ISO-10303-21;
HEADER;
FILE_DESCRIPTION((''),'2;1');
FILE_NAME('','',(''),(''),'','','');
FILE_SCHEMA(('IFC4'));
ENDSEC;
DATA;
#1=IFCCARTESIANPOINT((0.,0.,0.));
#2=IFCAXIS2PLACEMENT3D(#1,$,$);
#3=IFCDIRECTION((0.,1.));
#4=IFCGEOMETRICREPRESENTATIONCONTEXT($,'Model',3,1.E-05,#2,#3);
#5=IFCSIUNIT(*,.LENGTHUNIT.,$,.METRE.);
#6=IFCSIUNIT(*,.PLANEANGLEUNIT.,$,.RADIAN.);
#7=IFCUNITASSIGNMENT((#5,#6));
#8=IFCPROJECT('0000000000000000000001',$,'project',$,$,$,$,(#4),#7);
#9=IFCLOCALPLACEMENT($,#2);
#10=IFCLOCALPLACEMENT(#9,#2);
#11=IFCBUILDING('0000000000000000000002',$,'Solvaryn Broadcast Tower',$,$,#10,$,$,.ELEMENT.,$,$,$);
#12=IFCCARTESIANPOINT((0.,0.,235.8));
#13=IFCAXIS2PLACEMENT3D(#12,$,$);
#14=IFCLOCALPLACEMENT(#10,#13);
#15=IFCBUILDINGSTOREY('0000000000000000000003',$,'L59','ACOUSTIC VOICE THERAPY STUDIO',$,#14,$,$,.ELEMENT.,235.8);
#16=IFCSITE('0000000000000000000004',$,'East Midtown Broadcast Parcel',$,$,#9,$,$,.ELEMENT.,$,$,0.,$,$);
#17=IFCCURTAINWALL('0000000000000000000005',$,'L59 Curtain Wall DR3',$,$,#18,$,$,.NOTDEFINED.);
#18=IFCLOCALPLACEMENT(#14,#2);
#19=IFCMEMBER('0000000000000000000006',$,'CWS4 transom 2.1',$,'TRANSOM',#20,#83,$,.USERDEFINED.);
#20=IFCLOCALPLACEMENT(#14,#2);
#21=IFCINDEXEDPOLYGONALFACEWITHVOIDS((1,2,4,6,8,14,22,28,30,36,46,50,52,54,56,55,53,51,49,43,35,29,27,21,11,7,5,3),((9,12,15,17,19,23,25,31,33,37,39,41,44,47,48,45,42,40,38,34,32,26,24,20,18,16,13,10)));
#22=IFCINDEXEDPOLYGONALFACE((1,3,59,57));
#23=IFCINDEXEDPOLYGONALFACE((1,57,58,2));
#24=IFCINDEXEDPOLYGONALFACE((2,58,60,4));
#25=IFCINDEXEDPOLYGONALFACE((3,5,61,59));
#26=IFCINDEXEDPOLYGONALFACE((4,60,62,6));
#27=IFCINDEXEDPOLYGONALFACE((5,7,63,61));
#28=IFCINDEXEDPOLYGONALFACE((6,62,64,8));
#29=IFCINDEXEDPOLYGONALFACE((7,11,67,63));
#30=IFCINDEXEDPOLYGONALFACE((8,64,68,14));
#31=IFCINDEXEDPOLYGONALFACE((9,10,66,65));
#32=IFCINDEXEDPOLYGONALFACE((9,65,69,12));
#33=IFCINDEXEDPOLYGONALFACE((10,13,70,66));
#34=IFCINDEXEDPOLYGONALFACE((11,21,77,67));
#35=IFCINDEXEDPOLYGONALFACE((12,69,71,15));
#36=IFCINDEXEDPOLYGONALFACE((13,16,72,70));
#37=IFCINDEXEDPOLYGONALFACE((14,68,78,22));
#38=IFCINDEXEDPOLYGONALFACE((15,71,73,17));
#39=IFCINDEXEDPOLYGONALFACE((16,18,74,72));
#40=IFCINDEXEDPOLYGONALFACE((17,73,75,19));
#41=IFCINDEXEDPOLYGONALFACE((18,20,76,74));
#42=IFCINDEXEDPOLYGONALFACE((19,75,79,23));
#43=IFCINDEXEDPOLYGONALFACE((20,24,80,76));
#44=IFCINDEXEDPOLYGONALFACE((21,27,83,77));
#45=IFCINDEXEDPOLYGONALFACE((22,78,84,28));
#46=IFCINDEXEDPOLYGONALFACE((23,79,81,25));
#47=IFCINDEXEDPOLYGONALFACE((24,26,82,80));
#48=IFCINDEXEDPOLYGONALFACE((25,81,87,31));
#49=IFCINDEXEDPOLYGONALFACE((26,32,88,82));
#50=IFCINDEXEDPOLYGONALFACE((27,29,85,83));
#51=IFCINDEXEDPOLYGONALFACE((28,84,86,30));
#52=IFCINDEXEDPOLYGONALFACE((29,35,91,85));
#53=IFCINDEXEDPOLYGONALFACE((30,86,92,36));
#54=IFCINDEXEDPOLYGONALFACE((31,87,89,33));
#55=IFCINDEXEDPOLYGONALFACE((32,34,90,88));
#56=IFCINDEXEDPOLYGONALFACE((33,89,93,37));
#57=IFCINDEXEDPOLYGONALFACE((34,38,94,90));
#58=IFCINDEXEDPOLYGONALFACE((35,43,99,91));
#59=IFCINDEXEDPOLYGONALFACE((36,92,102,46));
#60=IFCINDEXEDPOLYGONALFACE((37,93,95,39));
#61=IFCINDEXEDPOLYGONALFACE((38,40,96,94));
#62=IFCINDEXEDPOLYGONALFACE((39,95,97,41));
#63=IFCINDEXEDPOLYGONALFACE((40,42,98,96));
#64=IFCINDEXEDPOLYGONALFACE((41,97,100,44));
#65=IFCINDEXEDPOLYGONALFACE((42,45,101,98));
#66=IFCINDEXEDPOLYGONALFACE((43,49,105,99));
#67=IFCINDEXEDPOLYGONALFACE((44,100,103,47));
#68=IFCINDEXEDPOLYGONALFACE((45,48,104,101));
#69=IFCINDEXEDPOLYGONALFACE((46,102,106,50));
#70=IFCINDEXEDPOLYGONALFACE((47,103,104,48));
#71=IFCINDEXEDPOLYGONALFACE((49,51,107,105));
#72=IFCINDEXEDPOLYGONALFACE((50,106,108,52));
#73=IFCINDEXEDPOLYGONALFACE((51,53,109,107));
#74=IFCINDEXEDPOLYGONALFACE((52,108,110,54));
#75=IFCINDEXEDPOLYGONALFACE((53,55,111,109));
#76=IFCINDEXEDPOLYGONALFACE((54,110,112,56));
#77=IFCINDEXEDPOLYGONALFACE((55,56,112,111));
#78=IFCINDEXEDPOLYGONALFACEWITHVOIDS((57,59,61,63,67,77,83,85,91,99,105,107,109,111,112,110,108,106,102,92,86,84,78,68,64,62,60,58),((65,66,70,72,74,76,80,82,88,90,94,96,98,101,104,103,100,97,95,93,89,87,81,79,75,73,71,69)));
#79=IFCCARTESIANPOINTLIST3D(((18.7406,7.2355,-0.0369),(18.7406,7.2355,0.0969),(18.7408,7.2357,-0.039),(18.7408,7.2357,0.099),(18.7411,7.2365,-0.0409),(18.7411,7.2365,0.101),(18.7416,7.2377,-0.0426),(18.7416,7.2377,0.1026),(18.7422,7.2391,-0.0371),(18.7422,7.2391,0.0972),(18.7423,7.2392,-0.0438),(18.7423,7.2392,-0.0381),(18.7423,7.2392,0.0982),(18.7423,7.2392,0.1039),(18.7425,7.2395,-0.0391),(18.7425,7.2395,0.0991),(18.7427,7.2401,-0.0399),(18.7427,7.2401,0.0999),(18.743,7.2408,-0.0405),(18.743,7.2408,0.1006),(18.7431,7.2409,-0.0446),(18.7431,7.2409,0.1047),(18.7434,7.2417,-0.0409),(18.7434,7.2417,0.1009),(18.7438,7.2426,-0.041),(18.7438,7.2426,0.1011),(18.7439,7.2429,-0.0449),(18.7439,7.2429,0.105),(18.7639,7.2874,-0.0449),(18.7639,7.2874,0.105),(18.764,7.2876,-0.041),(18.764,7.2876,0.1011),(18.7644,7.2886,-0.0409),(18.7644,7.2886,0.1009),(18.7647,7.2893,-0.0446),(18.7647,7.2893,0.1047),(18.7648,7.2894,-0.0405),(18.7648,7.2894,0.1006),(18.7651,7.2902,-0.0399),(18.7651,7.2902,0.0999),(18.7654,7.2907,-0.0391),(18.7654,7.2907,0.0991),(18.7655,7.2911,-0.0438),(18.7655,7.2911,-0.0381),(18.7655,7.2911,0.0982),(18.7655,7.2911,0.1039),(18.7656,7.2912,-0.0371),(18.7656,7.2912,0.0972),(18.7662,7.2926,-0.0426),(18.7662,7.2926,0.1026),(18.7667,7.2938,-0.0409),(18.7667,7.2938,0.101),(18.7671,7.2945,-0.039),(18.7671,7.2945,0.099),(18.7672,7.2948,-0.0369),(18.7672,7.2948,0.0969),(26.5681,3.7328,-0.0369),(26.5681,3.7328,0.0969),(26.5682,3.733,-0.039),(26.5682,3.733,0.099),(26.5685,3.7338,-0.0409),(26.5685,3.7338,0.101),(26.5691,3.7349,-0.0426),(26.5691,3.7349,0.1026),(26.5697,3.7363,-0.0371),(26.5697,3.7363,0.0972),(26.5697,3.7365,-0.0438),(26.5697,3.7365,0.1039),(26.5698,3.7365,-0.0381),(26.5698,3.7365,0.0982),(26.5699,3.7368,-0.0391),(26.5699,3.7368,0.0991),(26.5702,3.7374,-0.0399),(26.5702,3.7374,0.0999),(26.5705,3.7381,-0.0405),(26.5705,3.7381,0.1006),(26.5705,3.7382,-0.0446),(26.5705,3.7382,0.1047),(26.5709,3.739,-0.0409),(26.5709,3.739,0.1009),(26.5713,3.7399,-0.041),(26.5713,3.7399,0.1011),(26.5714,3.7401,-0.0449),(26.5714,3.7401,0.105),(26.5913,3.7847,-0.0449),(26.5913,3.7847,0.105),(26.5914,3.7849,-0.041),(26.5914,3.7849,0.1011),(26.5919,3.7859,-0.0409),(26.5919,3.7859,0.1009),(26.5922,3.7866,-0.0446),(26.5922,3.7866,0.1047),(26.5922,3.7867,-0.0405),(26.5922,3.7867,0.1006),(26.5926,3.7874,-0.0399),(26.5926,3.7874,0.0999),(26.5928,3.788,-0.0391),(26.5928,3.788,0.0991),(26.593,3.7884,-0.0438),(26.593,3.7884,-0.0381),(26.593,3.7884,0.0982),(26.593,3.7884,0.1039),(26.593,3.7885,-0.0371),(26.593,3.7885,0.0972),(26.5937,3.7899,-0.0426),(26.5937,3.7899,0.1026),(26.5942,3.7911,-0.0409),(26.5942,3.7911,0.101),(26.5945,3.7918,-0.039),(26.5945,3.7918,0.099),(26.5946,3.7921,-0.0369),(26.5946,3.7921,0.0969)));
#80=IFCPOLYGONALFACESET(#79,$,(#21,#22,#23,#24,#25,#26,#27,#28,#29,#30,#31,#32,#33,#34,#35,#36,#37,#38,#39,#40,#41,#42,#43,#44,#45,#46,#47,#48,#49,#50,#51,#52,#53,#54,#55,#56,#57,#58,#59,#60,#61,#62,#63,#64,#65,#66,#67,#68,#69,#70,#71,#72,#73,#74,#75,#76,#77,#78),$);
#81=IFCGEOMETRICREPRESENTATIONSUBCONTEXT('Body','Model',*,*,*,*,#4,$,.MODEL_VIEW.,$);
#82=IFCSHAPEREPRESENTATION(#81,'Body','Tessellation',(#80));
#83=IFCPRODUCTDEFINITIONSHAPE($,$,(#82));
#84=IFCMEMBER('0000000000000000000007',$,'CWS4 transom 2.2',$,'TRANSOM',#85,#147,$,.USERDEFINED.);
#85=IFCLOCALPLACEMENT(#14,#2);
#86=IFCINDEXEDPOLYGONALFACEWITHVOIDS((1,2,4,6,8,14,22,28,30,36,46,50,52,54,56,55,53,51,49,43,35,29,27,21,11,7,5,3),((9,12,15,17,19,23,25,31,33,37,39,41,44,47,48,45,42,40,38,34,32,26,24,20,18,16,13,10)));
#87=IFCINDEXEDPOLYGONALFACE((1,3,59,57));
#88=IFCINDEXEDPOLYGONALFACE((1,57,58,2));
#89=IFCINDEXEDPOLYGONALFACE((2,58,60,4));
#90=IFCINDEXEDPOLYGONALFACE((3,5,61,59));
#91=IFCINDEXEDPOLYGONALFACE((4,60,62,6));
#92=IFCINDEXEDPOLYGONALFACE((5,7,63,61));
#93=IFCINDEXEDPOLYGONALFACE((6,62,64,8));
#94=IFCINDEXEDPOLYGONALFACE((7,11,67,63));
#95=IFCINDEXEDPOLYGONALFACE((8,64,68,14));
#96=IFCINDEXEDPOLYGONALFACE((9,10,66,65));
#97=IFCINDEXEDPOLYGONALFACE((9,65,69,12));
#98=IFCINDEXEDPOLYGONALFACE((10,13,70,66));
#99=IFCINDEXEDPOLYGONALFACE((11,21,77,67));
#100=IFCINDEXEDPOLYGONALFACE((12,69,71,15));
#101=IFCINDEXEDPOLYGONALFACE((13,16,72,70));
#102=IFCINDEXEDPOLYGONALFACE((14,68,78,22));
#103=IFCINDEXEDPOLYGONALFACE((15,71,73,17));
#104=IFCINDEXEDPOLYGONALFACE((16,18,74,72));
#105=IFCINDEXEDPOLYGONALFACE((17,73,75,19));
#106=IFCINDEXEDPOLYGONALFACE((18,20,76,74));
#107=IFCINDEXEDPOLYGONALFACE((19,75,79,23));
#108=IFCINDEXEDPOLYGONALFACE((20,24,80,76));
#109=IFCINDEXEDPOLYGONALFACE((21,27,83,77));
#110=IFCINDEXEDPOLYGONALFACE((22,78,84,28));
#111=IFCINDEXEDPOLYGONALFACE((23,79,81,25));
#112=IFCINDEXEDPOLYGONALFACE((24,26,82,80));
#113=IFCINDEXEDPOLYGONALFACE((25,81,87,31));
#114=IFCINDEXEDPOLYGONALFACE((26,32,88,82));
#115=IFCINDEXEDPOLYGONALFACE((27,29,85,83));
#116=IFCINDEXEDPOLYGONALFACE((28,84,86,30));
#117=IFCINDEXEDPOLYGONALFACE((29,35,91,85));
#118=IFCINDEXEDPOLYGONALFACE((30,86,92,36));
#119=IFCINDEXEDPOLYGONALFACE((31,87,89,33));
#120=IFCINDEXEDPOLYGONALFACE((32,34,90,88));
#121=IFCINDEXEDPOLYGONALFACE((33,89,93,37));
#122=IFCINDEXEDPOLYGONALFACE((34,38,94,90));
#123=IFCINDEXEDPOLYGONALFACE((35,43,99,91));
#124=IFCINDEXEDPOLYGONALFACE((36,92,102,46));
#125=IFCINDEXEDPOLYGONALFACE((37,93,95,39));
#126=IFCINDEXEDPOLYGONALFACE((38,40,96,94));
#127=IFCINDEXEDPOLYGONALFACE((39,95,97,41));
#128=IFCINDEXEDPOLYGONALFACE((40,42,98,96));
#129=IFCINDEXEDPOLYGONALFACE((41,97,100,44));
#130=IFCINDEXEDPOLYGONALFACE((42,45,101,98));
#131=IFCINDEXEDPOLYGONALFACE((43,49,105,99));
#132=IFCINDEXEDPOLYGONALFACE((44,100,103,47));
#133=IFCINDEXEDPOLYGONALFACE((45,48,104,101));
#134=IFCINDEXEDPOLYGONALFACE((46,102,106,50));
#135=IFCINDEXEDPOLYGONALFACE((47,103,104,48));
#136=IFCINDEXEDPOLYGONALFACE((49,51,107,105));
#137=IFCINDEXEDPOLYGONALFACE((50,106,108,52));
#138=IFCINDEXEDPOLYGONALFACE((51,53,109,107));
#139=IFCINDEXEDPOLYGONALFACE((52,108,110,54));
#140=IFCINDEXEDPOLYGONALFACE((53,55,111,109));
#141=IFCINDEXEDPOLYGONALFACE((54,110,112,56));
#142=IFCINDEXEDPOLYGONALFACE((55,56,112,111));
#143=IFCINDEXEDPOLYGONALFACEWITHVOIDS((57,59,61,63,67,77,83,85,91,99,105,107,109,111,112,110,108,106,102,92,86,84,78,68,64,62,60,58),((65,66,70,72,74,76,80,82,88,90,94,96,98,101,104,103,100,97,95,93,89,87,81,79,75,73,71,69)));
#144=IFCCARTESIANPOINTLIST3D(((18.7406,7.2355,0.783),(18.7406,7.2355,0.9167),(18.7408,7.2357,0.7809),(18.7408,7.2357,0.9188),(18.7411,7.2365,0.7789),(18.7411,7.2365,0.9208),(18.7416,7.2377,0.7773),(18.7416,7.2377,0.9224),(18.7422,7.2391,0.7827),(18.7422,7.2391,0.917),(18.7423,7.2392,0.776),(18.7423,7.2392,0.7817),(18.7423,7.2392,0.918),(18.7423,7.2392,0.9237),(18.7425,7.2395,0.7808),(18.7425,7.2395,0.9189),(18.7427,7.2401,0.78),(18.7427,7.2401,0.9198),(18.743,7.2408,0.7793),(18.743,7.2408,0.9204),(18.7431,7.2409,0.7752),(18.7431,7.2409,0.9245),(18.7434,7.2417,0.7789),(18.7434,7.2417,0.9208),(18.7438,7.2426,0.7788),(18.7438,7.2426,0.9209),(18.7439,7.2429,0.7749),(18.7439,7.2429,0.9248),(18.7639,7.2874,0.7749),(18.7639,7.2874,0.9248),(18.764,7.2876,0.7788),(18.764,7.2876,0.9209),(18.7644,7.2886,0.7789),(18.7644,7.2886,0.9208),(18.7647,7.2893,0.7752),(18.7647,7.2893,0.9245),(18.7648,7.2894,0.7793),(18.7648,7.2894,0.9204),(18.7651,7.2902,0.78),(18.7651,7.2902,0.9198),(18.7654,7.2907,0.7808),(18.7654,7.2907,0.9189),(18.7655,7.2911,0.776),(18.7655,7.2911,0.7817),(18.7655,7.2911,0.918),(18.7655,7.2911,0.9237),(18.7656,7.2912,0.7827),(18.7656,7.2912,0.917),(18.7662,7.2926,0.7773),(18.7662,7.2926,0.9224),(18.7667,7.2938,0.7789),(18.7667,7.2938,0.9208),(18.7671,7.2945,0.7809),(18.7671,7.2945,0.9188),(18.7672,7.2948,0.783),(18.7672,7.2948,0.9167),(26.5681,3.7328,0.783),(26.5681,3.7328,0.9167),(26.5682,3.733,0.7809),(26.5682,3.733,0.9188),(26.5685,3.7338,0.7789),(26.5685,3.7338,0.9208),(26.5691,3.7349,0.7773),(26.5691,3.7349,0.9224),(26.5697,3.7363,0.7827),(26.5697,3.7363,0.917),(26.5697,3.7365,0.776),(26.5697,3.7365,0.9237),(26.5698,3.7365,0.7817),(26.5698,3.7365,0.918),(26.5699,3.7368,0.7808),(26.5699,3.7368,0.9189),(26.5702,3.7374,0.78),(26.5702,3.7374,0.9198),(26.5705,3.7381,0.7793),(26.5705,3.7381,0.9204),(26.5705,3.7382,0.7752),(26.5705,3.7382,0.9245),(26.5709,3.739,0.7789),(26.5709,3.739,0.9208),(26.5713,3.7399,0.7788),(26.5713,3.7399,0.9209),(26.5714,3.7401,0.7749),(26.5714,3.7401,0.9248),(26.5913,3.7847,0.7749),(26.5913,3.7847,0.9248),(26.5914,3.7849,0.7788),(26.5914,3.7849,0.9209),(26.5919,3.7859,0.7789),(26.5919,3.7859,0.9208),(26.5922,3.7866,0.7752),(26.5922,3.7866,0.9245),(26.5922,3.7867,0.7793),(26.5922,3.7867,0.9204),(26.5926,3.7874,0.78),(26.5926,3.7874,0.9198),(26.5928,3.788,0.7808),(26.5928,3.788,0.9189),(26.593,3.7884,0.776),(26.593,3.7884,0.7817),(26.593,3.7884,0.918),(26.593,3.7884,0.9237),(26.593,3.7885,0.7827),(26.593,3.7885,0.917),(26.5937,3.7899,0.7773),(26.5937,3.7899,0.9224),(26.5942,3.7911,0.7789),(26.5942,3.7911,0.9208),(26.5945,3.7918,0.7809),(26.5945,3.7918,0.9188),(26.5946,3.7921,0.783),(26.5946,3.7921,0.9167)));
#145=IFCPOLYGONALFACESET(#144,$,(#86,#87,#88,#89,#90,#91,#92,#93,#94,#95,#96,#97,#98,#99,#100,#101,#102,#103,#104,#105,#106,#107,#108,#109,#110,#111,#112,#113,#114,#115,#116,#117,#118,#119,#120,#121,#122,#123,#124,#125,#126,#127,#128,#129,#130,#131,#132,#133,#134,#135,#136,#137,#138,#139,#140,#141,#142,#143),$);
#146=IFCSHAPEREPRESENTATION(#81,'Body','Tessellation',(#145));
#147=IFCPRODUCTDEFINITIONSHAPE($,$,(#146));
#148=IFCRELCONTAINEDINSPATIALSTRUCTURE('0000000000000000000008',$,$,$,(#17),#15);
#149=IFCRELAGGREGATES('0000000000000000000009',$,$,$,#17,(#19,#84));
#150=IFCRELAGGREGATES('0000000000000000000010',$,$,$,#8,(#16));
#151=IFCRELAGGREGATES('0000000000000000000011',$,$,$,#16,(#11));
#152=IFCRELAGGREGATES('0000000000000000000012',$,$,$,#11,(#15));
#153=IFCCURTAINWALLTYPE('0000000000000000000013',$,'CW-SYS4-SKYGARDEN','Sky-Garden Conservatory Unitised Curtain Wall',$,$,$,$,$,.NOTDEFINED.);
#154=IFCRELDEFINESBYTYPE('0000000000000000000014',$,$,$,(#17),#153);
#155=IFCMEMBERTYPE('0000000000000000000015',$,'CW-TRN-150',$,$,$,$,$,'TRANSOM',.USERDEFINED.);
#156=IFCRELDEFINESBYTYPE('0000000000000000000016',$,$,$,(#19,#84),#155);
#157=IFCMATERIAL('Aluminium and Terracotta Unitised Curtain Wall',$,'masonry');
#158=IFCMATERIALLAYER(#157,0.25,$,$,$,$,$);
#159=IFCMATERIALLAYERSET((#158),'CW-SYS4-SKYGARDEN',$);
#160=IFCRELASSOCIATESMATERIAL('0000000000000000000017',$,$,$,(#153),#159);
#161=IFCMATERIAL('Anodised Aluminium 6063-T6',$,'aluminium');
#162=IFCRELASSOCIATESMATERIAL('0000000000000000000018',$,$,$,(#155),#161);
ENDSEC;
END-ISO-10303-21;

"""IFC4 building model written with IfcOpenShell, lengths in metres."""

from ifc_helpers import new_model, si_unit, direction, frame, origin, origin_2d, place, context, subcontext, project, spatial, hollow_rectangle, extrude, material, layer, layer_set, material_profile, profile_set, type_object, element, aggregate, save


model = new_model("IFC4")

# Units and contexts
model_context = context("Model", 3, precision=1e-05, world=origin(), true_north=direction((0.0, 1.0)))
body_context = subcontext(model_context, "Body", "Model", "MODEL_VIEW")
ifc_project = project(units=[si_unit("LENGTHUNIT", "METRE"), si_unit("PLANEANGLEUNIT", "RADIAN")], contexts=[model_context])

# Site, building, storey
site_placement = place(None, origin())
site = spatial("IfcSite", under=ifc_project, at=site_placement, Name="East Midtown Broadcast Parcel", CompositionType="ELEMENT", RefElevation=0.0)
building_placement = place(site_placement, origin())
building = spatial("IfcBuilding", under=site, at=building_placement, Name="Solvaryn Broadcast Tower", CompositionType="ELEMENT")
storey_placement = place(building_placement, frame((0.0, 0.0, 235.8)))
storey = spatial("IfcBuildingStorey", under=building, at=storey_placement, Name="L59", Description="ACOUSTIC VOICE THERAPY STUDIO", CompositionType="ELEMENT", Elevation=235.8)

# Curtain wall, members
ifc_material_1 = material(Name="Aluminium and Terracotta Unitised Curtain Wall", Category="masonry")
ifc_layer_1 = layer(ifc_material_1, 0.25)
ifc_layer_set_1 = layer_set([ifc_layer_1], Name="CW-SYS4-SKYGARDEN")
curtain_wall_type = type_object("IfcCurtainWallType", Name="CW-SYS4-SKYGARDEN", Description="Sky-Garden Conservatory Unitised Curtain Wall", PredefinedType="NOTDEFINED", material=ifc_layer_set_1)
curtain_wall_placement = place(storey_placement, origin())
curtain_wall = element("IfcCurtainWall", 1, at=curtain_wall_placement, inside=storey, type_object=curtain_wall_type, Name="L59 Curtain Wall DR3", PredefinedType="NOTDEFINED")
ifc_material_2 = material(Name="Anodised Aluminium 6063-T6", Category="aluminium")
ifc_material_profile_1 = material_profile(ifc_material_2, hollow_rectangle(XDim=0.0649, YDim=0.1499, WallThickness=0.0039, InnerFilletRadius=0.0039, OuterFilletRadius=0.0081, at=origin_2d()))
ifc_profile_set_1 = profile_set([ifc_material_profile_1], Name="Anodised Aluminium 6063-T6")
member_type_1 = type_object("IfcMemberType", Name="CW-TRN-150", ElementType="TRANSOM", PredefinedType="USERDEFINED", material=ifc_profile_set_1)
member_1_placement = place(storey_placement, frame((18.7539, 7.2651, 0.03), z_axis=(0.912777, -0.408459, 0.0), x_axis=(0.408459, 0.912777, 0.0)))
member_1 = element("IfcMember", 2, at=member_1_placement, type_object=member_type_1, Name="CWS4 transom 2.1", ObjectType="TRANSOM", PredefinedType="USERDEFINED", context=body_context, shape_type="SweptSolid", body=[
    extrude(hollow_rectangle(XDim=0.0649, YDim=0.1499, WallThickness=0.0039, InnerFilletRadius=0.0039, OuterFilletRadius=0.0081, at=origin_2d()), origin(), (0.0, 0.0, 1.0), 8.5754),
])
member_2_placement = place(storey_placement, frame((18.7539, 7.2651, 0.8499), z_axis=(0.912777, -0.408459, 0.0), x_axis=(0.408459, 0.912777, 0.0)))
member_2 = element("IfcMember", 3, at=member_2_placement, type_object=member_type_1, Name="CWS4 transom 2.2", ObjectType="TRANSOM", PredefinedType="USERDEFINED", context=body_context, shape_type="SweptSolid", body=[
    extrude(hollow_rectangle(XDim=0.0649, YDim=0.1499, WallThickness=0.0039, InnerFilletRadius=0.0039, OuterFilletRadius=0.0081, at=origin_2d()), origin(), (0.0, 0.0, 1.0), 8.5754),
])
aggregate(curtain_wall, [member_1, member_2])

save(model, "model.ifc")
